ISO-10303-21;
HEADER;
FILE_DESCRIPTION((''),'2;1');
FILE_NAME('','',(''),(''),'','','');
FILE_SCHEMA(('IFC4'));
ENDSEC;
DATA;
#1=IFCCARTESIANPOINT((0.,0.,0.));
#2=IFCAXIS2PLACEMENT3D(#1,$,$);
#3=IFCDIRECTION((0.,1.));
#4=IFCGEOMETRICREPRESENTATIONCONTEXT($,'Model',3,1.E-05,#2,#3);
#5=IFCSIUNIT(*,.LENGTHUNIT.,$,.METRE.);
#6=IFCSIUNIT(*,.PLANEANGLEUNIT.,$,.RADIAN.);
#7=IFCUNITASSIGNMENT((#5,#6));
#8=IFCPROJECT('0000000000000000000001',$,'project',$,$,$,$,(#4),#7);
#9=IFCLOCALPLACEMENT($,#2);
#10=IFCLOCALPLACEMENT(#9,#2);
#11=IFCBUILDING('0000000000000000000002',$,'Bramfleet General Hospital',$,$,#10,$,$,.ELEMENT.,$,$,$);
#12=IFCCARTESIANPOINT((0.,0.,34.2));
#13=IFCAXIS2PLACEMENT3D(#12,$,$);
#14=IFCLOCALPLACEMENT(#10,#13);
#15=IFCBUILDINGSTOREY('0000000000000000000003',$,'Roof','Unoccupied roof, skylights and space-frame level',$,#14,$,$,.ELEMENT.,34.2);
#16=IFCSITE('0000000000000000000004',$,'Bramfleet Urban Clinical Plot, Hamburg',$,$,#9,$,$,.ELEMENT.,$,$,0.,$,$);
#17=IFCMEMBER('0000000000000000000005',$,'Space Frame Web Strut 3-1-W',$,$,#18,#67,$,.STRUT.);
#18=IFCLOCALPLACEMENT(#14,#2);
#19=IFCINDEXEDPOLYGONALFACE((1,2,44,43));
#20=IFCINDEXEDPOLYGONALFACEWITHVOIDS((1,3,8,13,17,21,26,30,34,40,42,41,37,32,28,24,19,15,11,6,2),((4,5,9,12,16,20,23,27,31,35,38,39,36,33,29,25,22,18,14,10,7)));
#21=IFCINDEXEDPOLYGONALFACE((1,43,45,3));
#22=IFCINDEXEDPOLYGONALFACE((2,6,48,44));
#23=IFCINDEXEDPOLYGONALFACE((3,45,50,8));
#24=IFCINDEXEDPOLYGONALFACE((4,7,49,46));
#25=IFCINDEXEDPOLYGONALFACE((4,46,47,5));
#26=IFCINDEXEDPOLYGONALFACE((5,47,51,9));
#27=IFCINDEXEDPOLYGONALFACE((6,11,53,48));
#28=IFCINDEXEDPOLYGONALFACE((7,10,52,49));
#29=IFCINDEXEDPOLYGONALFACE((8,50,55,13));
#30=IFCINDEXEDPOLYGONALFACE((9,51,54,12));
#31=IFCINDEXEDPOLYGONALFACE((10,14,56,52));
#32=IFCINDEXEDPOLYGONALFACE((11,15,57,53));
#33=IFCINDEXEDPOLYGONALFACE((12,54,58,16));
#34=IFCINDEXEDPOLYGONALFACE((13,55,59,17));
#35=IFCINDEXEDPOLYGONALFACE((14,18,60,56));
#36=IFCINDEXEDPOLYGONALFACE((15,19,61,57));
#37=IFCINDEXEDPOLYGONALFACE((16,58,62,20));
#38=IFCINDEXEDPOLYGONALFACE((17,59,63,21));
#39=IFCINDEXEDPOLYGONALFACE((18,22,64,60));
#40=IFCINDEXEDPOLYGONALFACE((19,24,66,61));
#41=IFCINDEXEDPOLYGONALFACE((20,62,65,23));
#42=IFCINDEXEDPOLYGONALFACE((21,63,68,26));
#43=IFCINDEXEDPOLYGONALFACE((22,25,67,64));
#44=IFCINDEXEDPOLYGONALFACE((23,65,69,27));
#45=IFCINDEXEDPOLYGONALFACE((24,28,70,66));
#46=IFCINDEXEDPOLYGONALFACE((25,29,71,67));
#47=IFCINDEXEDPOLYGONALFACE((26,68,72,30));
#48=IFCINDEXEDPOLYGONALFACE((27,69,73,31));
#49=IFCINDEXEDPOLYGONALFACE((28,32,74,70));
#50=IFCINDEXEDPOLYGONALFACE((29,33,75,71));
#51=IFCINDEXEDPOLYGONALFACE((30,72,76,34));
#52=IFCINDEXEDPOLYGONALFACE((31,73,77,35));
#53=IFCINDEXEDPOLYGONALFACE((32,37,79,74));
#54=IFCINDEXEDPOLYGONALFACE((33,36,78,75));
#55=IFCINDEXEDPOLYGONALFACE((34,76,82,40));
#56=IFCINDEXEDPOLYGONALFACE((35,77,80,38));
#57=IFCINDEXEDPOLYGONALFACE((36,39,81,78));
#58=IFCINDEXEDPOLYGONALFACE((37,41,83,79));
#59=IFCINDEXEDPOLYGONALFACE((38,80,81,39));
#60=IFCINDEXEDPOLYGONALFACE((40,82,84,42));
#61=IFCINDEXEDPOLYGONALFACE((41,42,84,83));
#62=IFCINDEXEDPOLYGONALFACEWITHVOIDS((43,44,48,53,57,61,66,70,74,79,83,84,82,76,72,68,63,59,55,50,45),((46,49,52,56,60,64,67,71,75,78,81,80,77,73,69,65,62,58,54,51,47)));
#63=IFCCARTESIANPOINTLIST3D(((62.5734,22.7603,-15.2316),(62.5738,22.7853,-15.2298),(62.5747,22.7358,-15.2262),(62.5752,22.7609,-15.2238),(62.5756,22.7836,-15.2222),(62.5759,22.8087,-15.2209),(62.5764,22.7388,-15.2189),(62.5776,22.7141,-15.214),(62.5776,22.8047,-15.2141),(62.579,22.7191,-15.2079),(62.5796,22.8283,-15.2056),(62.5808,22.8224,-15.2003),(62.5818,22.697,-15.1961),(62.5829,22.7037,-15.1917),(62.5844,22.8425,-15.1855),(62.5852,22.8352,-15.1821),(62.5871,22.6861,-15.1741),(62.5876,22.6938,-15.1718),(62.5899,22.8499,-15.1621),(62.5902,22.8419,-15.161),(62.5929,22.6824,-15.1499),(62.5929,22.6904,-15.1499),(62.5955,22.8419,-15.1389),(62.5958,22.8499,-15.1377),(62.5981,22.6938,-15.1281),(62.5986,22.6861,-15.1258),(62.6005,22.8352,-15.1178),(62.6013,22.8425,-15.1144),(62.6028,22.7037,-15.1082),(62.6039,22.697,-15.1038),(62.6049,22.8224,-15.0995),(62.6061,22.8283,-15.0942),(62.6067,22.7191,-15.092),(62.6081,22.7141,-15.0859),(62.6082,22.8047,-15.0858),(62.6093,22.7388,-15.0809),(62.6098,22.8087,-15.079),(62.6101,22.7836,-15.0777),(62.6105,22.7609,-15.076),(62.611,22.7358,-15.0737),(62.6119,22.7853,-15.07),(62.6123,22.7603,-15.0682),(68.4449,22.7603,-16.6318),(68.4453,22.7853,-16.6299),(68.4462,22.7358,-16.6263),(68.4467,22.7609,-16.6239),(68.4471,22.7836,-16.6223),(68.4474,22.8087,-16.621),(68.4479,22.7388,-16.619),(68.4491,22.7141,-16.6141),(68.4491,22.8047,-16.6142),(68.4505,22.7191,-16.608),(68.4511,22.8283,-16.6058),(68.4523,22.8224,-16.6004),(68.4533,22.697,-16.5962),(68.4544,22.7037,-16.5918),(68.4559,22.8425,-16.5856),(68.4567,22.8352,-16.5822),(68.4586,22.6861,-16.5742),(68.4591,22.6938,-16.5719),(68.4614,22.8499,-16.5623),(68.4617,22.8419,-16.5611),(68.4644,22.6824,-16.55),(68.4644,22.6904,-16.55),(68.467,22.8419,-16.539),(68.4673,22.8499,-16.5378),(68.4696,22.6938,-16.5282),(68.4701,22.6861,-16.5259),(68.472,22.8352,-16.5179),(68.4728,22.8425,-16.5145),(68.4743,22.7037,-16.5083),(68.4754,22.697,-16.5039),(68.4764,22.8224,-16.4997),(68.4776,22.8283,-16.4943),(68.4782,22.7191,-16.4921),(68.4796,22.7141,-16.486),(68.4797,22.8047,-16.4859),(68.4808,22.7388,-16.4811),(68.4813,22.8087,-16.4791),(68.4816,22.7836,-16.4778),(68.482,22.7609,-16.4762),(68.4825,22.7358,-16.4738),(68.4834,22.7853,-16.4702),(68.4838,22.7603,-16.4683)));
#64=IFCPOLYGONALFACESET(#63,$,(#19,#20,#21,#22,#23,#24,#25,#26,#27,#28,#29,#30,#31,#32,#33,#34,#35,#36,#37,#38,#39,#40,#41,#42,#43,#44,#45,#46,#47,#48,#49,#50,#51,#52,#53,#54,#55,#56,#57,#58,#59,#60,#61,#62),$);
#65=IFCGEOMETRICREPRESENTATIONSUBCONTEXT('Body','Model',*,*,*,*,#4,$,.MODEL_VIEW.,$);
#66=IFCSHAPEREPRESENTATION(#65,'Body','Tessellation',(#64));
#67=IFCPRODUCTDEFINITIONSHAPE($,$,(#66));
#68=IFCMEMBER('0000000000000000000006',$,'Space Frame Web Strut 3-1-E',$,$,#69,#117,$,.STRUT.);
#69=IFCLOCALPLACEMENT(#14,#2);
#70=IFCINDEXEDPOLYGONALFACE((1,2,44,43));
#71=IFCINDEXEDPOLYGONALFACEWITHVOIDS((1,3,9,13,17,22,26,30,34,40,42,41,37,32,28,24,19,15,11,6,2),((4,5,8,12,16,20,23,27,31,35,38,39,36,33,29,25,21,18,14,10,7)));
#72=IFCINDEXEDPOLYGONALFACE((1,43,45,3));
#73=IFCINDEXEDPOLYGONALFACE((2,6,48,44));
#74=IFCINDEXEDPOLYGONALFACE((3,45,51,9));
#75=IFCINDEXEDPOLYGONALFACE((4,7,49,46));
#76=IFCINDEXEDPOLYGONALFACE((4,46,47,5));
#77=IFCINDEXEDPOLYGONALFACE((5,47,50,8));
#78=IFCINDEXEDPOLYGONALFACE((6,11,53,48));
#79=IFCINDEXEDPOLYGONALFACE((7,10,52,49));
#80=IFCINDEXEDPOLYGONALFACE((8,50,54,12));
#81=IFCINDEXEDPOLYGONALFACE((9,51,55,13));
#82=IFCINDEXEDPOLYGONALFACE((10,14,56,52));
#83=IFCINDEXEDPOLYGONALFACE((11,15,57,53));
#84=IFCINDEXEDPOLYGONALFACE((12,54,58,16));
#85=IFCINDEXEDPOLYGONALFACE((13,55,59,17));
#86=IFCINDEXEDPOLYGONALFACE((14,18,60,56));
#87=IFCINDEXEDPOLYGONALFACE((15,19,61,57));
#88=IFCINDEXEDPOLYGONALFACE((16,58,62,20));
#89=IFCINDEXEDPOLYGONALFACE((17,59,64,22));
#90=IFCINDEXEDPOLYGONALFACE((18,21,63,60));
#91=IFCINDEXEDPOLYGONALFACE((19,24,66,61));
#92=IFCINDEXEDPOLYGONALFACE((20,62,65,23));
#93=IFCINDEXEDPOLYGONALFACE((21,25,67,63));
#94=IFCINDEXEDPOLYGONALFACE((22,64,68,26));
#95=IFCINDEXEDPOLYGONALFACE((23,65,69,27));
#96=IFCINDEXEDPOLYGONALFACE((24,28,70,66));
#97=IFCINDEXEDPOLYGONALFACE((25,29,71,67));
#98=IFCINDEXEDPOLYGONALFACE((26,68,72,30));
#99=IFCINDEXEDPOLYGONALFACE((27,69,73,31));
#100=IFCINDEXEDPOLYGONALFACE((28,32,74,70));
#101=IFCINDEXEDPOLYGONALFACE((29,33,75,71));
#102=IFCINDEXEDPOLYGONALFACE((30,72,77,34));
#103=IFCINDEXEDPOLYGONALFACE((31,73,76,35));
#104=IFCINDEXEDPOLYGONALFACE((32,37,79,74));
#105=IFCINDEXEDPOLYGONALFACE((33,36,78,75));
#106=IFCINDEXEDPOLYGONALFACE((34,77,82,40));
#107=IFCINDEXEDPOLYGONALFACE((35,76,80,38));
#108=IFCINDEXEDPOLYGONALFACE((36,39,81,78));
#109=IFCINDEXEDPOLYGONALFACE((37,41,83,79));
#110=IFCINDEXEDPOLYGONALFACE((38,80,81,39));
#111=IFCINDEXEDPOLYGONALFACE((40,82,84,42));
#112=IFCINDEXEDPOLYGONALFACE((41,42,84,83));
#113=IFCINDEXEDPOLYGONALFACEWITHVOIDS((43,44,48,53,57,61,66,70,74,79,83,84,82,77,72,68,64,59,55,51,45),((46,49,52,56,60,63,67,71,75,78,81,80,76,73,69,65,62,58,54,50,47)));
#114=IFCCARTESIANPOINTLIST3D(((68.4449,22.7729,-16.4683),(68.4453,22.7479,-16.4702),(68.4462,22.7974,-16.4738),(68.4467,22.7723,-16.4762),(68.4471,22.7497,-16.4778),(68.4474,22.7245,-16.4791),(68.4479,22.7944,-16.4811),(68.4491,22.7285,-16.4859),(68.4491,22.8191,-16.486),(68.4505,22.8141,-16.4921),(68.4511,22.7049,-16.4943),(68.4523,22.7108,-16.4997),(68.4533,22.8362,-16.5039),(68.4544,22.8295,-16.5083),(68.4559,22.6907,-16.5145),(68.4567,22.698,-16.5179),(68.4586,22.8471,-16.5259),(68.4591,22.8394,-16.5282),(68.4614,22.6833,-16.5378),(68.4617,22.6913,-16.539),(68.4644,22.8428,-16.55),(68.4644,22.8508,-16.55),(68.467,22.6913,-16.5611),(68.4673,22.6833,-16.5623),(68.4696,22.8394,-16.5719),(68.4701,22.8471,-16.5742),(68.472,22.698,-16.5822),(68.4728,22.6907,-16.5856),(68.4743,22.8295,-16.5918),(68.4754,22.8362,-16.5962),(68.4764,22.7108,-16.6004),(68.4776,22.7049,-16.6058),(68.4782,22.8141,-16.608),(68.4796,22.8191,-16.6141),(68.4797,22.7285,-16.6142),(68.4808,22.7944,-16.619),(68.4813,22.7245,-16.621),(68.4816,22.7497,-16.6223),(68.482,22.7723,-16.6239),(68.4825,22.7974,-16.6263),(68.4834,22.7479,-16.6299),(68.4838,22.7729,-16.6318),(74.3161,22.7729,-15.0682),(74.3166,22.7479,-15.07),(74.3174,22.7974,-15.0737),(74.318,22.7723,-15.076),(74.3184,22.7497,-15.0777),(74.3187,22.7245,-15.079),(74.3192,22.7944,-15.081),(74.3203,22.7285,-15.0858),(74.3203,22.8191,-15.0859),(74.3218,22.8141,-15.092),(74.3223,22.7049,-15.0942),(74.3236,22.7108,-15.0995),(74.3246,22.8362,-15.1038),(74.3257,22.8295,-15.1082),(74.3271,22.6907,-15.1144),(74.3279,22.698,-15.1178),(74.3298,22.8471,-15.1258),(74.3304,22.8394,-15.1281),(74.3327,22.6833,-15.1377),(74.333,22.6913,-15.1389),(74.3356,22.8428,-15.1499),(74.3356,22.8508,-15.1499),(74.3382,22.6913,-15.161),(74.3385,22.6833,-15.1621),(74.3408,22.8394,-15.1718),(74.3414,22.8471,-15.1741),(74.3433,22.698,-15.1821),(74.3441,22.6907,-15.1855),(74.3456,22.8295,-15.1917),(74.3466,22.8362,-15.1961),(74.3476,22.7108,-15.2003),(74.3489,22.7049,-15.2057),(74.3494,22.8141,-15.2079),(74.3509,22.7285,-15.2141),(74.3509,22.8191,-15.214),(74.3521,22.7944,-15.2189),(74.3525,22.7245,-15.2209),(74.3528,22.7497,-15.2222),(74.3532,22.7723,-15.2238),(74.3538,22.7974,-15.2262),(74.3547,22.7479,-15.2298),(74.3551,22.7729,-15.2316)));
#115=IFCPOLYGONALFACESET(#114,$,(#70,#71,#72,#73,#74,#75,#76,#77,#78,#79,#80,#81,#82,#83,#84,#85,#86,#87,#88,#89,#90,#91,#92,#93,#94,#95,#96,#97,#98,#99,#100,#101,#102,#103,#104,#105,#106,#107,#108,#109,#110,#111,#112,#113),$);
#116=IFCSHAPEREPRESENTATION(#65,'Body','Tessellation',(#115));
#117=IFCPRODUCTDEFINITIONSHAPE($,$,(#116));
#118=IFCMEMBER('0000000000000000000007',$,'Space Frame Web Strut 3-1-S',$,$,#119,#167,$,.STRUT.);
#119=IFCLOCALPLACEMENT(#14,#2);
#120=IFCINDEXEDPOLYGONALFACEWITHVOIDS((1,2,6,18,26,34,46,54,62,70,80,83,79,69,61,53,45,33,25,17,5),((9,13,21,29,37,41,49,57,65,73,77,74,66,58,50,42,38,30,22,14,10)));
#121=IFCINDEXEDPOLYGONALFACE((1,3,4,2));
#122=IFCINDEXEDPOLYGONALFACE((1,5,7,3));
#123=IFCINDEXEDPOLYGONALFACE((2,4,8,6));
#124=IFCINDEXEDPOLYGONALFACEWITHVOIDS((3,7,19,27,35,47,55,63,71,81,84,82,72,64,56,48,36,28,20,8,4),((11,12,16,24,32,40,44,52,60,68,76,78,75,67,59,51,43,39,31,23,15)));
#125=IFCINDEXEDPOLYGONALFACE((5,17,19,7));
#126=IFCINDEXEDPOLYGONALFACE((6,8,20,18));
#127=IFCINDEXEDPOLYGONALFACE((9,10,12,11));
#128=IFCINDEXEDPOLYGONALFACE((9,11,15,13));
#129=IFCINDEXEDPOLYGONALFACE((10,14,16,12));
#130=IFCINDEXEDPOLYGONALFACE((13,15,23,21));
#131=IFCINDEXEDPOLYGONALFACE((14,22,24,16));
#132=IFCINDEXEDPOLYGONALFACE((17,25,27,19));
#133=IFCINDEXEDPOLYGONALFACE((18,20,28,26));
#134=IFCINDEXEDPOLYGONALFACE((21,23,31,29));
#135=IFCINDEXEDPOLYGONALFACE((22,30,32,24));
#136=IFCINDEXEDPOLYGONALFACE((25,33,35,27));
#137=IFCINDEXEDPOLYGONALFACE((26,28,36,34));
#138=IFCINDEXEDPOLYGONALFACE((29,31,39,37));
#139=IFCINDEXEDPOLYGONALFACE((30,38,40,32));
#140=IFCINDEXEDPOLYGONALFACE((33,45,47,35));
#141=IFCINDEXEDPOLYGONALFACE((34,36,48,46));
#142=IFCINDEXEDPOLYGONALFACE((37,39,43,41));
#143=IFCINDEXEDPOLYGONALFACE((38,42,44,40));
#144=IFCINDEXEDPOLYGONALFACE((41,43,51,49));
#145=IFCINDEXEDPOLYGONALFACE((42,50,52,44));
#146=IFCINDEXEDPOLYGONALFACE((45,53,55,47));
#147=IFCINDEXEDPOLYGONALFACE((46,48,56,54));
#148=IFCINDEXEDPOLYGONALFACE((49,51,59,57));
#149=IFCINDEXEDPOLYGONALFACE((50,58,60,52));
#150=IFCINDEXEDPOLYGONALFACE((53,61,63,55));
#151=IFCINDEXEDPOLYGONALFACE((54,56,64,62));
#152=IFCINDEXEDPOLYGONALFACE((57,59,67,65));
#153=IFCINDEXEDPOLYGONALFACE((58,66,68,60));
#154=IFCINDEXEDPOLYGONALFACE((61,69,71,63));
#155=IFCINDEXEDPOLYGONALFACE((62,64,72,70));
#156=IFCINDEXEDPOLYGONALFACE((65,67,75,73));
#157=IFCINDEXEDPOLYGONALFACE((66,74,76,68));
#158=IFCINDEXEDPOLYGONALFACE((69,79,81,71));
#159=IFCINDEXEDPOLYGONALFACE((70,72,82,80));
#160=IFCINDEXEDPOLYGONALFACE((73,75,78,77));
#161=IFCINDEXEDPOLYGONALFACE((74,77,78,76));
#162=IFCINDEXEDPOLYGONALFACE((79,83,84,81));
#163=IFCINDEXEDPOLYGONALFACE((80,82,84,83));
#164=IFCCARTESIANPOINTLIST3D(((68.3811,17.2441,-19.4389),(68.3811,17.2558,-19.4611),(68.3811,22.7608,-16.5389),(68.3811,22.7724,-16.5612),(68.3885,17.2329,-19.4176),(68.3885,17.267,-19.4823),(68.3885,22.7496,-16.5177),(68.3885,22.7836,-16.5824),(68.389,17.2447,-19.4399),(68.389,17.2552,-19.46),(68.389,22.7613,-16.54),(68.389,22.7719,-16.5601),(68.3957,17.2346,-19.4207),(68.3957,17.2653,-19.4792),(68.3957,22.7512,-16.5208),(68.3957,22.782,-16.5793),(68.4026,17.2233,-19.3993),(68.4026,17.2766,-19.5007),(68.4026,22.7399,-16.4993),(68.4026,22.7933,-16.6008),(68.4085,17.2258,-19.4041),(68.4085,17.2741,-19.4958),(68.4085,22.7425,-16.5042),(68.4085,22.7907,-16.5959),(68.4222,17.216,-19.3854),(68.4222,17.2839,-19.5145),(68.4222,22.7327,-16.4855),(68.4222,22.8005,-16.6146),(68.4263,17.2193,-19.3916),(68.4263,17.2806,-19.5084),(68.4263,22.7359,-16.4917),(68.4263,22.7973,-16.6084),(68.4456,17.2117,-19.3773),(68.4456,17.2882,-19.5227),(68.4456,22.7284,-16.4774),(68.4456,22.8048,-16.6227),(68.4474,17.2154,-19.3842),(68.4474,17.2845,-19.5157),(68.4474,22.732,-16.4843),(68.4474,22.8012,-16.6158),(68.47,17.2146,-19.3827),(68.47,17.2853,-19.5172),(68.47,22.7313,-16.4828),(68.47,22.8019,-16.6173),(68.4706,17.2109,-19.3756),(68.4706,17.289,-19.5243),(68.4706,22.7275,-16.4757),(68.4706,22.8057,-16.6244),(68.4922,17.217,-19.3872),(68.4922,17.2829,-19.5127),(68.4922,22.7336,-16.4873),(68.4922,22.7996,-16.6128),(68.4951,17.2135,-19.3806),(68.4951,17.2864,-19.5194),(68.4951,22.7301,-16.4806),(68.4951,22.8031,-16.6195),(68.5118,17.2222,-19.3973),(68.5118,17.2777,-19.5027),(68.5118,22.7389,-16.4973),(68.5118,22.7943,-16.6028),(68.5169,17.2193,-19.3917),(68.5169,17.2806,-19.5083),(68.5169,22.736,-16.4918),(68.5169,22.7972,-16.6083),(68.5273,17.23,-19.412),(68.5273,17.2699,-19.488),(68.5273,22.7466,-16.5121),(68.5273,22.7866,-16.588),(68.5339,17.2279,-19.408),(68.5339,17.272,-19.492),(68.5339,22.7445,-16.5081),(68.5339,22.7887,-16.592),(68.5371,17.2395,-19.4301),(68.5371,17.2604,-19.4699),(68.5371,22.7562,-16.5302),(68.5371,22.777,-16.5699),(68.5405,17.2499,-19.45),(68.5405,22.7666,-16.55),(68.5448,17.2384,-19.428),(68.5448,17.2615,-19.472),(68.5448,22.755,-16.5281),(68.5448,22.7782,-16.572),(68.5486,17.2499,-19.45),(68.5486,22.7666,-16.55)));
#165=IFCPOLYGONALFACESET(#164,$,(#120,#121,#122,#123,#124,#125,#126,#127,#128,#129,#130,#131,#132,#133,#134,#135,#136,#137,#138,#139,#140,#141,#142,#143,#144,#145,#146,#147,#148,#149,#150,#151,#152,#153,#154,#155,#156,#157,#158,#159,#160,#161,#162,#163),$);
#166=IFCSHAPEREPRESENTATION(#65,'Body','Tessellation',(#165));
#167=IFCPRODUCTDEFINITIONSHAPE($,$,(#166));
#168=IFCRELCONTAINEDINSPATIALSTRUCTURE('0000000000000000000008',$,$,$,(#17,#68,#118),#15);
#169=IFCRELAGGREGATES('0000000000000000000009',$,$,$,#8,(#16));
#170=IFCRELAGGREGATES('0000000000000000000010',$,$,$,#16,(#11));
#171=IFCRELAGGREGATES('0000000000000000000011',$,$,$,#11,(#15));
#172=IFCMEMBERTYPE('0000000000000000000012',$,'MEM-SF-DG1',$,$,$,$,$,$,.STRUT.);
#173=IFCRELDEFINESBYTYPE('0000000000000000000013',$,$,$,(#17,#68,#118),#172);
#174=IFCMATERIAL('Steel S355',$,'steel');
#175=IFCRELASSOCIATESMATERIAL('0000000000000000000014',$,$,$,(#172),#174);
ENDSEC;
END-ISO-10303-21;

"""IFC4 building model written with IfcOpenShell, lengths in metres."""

from ifc_helpers import new_model, si_unit, direction, frame, origin, origin_2d, place, context, subcontext, project, spatial, hollow_circle, extrude, material, material_profile, profile_set, type_object, element, save


model = new_model("IFC4")

# Units and contexts
model_context = context("Model", 3, precision=1e-05, world=origin(), true_north=direction((0.0, 1.0)))
body_context = subcontext(model_context, "Body", "Model", "MODEL_VIEW")
ifc_project = project(units=[si_unit("LENGTHUNIT", "METRE"), si_unit("PLANEANGLEUNIT", "RADIAN")], contexts=[model_context])

# Site, building, storey
site_placement = place(None, origin())
site = spatial("IfcSite", under=ifc_project, at=site_placement, Name="Bramfleet Urban Clinical Plot, Hamburg", CompositionType="ELEMENT", RefElevation=0.0)
building_placement = place(site_placement, origin())
building = spatial("IfcBuilding", under=site, at=building_placement, Name="Bramfleet General Hospital", CompositionType="ELEMENT")
storey_placement = place(building_placement, frame((0.0, 0.0, 34.2)))
storey = spatial("IfcBuildingStorey", under=building, at=storey_placement, Name="Roof", Description="Unoccupied roof, skylights and space-frame level", CompositionType="ELEMENT", Elevation=34.2)

# Members
ifc_material = material(Name="Steel S355", Category="steel")
ifc_material_profile_1 = material_profile(ifc_material, hollow_circle(Radius=0.0842, WallThickness=0.0081, at=origin_2d()), Name="CHS 168.3x8.0")
ifc_profile_set_1 = profile_set([ifc_material_profile_1], Name="Steel S355")
member_type_1 = type_object("IfcMemberType", Name="MEM-SF-DG1", PredefinedType="STRUT", material=ifc_profile_set_1)
member_1_placement = place(storey_placement, frame((68.4644, 22.7666, -16.55), z_axis=(-0.972726, 0.0, 0.231958), x_axis=(0.0, -1.0, 0.0)))
element("IfcMember", 1, at=member_1_placement, inside=storey, type_object=member_type_1, Name="Space Frame Web Strut 3-1-W", PredefinedType="STRUT", context=body_context, shape_type="SweptSolid", body=[
    extrude(hollow_circle(Radius=0.0842, WallThickness=0.0081, at=origin_2d()), origin(), (0.0, 0.0, 1.0), 6.0361),
])
member_2_placement = place(storey_placement, frame((68.4644, 22.7666, -16.55), z_axis=(0.972724, 0.0, 0.231967), x_axis=(0.0, 1.0, 0.0)))
element("IfcMember", 2, at=member_2_placement, inside=storey, type_object=member_type_1, Name="Space Frame Web Strut 3-1-E", PredefinedType="STRUT", context=body_context, shape_type="SweptSolid", body=[
    extrude(hollow_circle(Radius=0.0842, WallThickness=0.0081, at=origin_2d()), origin(), (0.0, 0.0, 1.0), 6.0359),
])
member_3_placement = place(storey_placement, frame((68.4644, 22.7666, -16.55), z_axis=(0.0, -0.885154, -0.465298), x_axis=(1.0, 0.0, 0.0)))
element("IfcMember", 3, at=member_3_placement, inside=storey, type_object=member_type_1, Name="Space Frame Web Strut 3-1-S", PredefinedType="STRUT", context=body_context, shape_type="SweptSolid", body=[
    extrude(hollow_circle(Radius=0.0842, WallThickness=0.0081, at=origin_2d()), origin(), (0.0, 0.0, 1.0), 6.2324),
])

save(model, "model.ifc")
